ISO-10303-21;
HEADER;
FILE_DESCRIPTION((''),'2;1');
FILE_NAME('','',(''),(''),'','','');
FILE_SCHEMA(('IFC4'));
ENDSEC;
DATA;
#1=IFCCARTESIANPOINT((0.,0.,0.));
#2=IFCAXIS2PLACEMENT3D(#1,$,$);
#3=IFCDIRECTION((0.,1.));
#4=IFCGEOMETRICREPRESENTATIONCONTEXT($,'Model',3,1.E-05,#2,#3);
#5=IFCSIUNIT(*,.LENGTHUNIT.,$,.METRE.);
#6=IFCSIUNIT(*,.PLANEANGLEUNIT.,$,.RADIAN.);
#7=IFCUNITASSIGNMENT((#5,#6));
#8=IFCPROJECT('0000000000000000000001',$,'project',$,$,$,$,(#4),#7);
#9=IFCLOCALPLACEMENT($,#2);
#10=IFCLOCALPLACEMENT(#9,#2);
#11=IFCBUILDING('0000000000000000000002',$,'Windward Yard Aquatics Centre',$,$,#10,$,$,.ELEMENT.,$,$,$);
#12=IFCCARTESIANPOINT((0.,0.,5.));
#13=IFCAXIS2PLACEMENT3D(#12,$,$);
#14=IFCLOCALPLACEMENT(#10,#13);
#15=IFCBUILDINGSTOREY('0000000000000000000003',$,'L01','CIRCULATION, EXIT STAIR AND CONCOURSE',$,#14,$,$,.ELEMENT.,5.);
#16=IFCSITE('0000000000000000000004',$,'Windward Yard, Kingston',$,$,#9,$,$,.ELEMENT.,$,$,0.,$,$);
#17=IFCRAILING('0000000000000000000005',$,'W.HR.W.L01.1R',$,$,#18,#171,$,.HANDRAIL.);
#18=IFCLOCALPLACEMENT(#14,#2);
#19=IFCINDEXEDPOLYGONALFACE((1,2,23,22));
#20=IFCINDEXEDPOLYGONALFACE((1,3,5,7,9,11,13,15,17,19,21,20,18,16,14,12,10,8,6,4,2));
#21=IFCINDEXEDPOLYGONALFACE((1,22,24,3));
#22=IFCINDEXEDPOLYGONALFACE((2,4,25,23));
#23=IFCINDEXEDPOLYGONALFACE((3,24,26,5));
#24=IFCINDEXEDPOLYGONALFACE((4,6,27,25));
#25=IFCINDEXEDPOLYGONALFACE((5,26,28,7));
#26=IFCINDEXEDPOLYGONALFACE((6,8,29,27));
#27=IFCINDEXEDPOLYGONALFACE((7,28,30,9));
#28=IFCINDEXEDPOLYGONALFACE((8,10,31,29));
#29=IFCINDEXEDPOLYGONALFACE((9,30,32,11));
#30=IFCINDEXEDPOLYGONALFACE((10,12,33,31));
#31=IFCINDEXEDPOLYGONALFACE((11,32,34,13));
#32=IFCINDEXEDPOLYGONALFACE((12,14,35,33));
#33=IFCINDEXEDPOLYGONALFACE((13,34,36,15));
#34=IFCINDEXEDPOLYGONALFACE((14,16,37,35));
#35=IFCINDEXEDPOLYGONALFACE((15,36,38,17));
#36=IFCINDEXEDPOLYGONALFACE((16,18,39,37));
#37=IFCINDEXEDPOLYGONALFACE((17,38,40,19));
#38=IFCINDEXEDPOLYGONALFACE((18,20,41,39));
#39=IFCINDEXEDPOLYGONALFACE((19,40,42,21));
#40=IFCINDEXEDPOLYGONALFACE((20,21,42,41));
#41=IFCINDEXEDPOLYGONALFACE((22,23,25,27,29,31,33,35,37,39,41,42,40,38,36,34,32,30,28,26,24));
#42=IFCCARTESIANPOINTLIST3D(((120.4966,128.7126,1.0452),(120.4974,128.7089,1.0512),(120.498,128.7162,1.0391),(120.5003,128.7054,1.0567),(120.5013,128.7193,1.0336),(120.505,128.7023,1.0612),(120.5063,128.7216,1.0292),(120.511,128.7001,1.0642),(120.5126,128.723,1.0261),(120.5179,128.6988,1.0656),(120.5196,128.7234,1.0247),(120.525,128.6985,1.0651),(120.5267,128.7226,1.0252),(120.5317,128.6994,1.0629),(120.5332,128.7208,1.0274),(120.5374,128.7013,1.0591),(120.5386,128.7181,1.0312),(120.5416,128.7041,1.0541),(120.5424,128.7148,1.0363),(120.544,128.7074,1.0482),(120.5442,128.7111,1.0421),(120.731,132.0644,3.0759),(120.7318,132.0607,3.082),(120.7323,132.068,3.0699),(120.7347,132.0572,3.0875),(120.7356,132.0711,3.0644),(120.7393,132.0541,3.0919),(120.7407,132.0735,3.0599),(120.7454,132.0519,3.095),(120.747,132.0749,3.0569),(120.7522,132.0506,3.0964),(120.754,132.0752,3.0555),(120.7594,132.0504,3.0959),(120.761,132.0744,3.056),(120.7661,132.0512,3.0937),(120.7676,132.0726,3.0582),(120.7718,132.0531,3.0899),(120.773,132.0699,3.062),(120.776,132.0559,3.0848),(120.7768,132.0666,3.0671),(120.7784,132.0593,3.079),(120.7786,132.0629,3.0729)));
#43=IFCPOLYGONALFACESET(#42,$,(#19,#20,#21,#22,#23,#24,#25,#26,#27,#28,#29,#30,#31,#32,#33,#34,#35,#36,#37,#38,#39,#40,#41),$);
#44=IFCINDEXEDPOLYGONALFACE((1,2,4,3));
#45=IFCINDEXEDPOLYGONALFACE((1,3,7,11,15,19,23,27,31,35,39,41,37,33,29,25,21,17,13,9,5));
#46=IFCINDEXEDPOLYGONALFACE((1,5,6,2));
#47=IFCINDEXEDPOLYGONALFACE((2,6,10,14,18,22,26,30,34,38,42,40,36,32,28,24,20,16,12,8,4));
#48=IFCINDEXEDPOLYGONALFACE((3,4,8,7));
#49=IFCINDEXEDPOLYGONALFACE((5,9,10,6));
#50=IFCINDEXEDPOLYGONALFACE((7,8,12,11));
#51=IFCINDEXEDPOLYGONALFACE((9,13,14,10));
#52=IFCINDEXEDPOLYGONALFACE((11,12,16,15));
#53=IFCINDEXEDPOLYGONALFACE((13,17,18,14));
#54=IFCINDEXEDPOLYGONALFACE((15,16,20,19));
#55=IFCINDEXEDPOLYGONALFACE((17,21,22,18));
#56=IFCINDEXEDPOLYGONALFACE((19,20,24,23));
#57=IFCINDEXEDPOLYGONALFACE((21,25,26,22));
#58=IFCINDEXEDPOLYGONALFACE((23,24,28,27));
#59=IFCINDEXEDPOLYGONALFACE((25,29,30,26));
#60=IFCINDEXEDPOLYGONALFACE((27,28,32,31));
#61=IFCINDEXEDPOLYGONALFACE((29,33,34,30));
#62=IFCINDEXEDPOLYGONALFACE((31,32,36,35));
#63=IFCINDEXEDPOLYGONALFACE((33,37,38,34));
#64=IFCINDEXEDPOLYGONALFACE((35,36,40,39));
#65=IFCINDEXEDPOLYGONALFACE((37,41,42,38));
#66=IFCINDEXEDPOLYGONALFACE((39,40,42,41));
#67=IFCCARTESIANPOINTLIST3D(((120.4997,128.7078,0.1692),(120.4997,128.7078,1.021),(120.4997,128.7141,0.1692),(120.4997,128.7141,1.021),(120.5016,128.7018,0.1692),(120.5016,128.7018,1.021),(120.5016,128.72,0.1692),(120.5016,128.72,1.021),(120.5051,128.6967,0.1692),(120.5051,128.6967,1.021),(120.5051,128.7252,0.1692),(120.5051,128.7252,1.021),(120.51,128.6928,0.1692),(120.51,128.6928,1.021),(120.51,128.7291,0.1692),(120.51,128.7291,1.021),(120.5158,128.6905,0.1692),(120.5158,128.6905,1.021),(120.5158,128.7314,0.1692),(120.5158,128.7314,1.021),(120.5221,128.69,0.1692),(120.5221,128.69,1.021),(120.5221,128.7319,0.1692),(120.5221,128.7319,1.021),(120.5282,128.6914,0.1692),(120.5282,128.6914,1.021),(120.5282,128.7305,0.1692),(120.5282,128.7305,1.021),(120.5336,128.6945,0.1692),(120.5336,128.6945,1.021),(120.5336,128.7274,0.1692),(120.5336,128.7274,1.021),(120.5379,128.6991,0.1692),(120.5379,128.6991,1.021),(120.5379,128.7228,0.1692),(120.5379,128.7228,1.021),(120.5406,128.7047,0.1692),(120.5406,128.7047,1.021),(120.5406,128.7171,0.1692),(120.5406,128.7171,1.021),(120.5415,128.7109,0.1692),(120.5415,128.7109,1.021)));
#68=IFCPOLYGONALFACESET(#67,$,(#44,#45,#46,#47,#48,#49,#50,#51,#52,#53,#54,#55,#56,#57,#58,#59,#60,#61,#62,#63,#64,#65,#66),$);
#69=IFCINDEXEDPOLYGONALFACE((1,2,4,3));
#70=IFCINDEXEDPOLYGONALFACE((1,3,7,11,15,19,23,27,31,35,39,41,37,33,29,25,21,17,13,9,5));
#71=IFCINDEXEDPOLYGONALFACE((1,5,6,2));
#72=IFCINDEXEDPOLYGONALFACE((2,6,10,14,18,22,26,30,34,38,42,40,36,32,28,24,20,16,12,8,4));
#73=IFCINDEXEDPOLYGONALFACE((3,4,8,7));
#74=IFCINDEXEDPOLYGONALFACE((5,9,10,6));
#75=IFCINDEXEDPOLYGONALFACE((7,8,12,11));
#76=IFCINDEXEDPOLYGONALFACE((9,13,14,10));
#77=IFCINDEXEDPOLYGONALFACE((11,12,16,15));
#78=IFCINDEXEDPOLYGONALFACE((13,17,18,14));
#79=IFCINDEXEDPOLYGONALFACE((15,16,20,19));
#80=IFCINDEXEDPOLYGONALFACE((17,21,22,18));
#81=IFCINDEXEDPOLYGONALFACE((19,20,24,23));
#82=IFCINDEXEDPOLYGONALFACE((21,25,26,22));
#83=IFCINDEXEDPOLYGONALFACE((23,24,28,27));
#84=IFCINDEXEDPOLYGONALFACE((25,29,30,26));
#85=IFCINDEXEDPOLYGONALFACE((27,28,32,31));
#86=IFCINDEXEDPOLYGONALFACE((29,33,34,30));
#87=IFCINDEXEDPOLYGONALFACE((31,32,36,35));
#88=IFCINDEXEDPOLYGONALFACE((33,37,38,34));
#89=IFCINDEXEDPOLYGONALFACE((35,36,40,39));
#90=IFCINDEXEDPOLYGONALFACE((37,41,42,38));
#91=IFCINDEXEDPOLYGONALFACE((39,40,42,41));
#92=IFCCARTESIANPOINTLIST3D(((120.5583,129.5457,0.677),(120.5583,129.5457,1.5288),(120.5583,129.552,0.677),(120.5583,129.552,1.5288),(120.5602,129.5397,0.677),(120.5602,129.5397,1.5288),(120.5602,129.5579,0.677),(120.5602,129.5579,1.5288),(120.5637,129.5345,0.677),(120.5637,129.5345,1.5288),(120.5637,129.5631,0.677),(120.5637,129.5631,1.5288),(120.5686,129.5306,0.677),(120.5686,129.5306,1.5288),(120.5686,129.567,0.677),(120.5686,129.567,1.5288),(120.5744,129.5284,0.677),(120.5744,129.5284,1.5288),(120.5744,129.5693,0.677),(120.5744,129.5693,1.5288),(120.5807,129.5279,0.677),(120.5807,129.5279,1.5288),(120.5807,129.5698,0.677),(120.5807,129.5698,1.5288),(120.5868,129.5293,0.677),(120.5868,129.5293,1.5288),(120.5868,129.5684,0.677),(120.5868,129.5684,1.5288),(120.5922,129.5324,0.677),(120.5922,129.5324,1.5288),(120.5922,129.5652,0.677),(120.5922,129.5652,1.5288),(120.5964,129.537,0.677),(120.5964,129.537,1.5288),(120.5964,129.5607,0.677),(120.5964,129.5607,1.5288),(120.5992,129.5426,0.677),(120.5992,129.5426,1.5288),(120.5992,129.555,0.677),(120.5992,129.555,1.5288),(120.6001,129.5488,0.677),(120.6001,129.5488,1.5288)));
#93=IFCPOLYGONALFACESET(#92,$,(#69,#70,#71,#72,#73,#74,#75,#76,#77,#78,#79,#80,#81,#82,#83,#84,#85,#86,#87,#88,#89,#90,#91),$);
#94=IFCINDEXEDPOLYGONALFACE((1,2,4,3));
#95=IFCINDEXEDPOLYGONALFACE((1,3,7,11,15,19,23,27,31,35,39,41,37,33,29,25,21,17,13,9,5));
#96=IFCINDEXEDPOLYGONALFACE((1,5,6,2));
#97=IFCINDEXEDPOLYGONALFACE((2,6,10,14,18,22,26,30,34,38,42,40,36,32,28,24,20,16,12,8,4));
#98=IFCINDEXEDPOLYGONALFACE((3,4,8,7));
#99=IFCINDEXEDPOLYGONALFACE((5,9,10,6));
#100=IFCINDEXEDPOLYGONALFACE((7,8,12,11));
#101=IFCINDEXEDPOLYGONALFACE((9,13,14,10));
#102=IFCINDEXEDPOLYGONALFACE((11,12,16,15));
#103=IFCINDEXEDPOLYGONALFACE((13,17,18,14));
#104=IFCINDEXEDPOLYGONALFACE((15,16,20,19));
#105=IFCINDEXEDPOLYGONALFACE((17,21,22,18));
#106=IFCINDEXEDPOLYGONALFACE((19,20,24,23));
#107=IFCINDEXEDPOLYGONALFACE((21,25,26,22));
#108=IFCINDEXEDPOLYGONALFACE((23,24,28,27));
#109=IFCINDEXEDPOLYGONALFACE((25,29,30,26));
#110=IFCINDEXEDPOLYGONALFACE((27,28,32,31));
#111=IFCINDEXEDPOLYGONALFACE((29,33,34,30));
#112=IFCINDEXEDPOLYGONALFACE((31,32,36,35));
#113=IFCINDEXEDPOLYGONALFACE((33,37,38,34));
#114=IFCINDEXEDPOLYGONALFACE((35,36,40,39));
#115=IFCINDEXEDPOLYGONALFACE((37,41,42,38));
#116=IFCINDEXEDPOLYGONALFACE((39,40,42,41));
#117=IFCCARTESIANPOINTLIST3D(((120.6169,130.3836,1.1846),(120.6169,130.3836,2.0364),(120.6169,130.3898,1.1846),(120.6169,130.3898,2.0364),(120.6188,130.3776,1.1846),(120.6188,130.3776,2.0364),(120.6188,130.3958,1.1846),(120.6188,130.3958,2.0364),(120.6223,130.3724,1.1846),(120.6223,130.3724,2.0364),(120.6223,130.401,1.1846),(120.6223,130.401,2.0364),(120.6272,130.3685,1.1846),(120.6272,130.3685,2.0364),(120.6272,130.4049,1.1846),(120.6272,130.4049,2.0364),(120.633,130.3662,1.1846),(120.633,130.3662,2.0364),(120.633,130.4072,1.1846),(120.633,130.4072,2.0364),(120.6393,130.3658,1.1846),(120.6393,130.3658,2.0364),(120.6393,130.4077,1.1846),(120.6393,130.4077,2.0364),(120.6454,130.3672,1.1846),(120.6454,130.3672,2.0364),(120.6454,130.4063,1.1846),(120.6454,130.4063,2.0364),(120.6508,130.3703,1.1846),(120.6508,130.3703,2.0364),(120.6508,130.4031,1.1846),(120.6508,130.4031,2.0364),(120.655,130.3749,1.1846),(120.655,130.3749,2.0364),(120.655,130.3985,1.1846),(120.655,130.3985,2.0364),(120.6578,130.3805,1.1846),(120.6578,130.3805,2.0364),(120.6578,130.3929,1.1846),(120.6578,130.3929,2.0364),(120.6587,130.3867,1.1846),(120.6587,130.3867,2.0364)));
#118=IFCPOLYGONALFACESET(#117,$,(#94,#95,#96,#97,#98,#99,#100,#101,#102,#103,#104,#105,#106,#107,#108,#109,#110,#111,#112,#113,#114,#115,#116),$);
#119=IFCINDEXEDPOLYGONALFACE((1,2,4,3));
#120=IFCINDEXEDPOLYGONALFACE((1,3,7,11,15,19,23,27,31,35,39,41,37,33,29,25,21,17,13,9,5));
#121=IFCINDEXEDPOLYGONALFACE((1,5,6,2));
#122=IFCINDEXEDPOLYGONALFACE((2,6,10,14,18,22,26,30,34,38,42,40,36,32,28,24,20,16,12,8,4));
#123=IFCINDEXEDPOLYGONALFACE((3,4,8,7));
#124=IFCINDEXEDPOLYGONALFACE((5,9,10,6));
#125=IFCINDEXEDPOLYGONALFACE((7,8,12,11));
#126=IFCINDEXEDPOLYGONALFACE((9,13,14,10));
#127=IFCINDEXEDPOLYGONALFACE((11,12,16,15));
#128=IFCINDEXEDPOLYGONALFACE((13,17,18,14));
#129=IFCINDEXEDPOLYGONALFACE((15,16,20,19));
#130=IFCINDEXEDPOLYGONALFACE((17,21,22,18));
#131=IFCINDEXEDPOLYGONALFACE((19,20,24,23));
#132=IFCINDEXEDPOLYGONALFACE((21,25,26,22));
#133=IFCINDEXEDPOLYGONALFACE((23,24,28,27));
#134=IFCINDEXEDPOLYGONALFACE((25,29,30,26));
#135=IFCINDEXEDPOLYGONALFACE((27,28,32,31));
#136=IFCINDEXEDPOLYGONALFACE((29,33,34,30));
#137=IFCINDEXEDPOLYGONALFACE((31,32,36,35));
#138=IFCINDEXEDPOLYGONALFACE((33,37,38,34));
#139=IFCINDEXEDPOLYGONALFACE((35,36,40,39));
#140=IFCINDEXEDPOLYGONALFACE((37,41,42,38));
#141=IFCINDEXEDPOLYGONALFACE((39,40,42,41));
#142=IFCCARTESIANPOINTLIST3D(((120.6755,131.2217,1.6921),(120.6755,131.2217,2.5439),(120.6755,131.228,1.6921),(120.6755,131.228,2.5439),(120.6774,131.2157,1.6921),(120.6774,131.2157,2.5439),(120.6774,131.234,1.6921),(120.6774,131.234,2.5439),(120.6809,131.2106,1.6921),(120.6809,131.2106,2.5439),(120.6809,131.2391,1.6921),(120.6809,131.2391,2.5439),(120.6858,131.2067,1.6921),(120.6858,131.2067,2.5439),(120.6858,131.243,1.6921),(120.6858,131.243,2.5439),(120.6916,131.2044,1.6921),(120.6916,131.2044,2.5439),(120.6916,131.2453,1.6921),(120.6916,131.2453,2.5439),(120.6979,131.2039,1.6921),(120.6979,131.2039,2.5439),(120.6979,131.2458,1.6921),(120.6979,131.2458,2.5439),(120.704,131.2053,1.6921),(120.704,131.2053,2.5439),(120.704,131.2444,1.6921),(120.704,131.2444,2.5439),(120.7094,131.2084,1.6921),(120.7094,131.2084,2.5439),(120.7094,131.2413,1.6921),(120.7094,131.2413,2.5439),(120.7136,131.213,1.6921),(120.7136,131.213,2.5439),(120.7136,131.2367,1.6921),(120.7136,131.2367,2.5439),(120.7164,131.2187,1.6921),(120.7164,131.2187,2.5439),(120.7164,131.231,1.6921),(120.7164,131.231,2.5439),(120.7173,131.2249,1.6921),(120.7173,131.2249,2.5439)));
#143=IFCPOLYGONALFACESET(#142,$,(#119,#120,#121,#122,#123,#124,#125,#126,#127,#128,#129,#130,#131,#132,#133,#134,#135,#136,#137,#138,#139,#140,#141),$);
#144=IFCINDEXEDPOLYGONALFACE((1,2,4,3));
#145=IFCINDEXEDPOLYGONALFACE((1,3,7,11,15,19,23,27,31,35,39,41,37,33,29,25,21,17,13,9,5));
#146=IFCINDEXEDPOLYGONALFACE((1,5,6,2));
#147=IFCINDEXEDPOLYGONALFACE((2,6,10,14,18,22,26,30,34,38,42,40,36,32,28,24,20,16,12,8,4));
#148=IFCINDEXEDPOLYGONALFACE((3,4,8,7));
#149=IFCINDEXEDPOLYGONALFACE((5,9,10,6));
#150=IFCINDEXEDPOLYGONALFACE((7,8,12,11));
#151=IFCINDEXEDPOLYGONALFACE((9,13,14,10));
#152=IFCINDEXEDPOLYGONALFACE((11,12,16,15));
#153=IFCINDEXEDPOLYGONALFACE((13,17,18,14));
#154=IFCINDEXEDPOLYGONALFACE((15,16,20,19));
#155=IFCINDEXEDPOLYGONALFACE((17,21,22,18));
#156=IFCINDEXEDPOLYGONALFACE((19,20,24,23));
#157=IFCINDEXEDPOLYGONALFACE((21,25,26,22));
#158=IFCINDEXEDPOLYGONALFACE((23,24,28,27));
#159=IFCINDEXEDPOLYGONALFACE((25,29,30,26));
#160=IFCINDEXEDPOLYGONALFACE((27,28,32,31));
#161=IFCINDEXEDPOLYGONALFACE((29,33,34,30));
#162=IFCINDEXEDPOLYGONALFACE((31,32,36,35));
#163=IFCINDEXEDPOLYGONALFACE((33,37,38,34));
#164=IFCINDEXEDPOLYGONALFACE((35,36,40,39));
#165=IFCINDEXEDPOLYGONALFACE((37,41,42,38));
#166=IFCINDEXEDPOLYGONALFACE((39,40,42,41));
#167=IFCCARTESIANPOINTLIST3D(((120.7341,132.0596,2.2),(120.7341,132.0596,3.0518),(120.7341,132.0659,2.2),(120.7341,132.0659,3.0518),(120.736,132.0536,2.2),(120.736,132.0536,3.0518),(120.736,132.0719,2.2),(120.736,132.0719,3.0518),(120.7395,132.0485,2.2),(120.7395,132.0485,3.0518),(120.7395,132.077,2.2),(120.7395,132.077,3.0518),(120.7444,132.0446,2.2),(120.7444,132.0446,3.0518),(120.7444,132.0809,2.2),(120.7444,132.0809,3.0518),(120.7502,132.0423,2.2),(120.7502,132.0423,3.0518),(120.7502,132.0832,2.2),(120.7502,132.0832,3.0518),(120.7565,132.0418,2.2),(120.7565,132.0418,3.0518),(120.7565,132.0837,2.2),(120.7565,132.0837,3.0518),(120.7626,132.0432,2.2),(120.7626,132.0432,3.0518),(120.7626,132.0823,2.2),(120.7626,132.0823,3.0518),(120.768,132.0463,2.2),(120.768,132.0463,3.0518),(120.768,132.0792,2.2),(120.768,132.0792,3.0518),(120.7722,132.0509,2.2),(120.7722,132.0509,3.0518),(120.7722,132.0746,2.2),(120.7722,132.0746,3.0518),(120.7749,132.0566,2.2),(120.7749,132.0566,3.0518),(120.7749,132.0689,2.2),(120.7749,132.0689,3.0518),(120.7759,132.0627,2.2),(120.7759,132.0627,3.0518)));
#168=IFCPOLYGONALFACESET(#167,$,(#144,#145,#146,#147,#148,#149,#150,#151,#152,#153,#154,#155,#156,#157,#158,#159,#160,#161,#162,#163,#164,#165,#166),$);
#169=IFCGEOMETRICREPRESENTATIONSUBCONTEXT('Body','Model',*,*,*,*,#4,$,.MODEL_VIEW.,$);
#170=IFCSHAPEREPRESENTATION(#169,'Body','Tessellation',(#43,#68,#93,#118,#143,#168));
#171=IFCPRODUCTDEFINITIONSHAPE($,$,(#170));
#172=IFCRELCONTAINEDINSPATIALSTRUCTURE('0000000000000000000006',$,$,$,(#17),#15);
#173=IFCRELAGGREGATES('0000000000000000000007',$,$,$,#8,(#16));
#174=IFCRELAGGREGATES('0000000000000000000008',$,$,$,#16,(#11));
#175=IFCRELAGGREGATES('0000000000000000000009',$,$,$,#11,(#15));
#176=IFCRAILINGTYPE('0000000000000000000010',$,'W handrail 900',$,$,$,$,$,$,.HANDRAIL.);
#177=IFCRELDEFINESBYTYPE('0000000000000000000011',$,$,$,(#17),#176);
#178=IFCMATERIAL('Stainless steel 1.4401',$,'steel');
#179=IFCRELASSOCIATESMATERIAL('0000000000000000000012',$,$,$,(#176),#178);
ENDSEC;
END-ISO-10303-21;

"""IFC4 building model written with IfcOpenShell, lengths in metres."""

from ifc_helpers import new_model, si_unit, direction, frame, origin, origin_2d, place, context, subcontext, project, spatial, circle, extrude, material, type_object, element, save


model = new_model("IFC4")

# Units and contexts
model_context = context("Model", 3, precision=1e-05, world=origin(), true_north=direction((0.0, 1.0)))
body_context = subcontext(model_context, "Body", "Model", "MODEL_VIEW")
ifc_project = project(units=[si_unit("LENGTHUNIT", "METRE"), si_unit("PLANEANGLEUNIT", "RADIAN")], contexts=[model_context])

# Site, building, storey
site_placement = place(None, origin())
site = spatial("IfcSite", under=ifc_project, at=site_placement, Name="Windward Yard, Kingston", CompositionType="ELEMENT", RefElevation=0.0)
building_placement = place(site_placement, origin())
building = spatial("IfcBuilding", under=site, at=building_placement, Name="Windward Yard Aquatics Centre", CompositionType="ELEMENT")
storey_placement = place(building_placement, frame((0.0, 0.0, 5.0)))
storey = spatial("IfcBuildingStorey", under=building, at=storey_placement, Name="L01", Description="CIRCULATION, EXIT STAIR AND CONCOURSE", CompositionType="ELEMENT", Elevation=5.0)

# Railing
ifc_material_1 = material(Name="Stainless steel 1.4401", Category="steel")
railing_type_1 = type_object("IfcRailingType", Name="W handrail 900", PredefinedType="HANDRAIL", material=ifc_material_1)
for number, where, name in (
    (1, (120.5205, 128.7109, 0.1692), "W.HR.W.L01.1R"),
):
    element("IfcRailing", number, at=place(storey_placement, frame(where)), inside=storey, type_object=railing_type_1, Name=name, PredefinedType="HANDRAIL", context=body_context, shape_type="SweptSolid", body=[
        extrude(circle(Radius=0.0239, at=origin_2d()), frame((0.0, 0.0, 0.876), z_axis=(0.059698, 0.853744, 0.517259), x_axis=(-0.997564, 0.069755, 0.0)), (0.0, 0.0, 1.0), 3.926),
        extrude(circle(Radius=0.021, at=origin_2d()), origin(), (0.0, 0.0, 1.0), 0.8518),
        extrude(circle(Radius=0.021, at=origin_2d()), frame((0.0586, 0.8379, 0.5078)), (0.0, 0.0, 1.0), 0.8518),
        extrude(circle(Radius=0.021, at=origin_2d()), frame((0.1172, 1.6758, 1.0154)), (0.0, 0.0, 1.0), 0.8518),
        extrude(circle(Radius=0.021, at=origin_2d()), frame((0.1758, 2.5139, 1.5229)), (0.0, 0.0, 1.0), 0.8518),
        extrude(circle(Radius=0.021, at=origin_2d()), frame((0.2344, 3.3518, 2.0308)), (0.0, 0.0, 1.0), 0.8518),
    ])

save(model, "model.ifc")
